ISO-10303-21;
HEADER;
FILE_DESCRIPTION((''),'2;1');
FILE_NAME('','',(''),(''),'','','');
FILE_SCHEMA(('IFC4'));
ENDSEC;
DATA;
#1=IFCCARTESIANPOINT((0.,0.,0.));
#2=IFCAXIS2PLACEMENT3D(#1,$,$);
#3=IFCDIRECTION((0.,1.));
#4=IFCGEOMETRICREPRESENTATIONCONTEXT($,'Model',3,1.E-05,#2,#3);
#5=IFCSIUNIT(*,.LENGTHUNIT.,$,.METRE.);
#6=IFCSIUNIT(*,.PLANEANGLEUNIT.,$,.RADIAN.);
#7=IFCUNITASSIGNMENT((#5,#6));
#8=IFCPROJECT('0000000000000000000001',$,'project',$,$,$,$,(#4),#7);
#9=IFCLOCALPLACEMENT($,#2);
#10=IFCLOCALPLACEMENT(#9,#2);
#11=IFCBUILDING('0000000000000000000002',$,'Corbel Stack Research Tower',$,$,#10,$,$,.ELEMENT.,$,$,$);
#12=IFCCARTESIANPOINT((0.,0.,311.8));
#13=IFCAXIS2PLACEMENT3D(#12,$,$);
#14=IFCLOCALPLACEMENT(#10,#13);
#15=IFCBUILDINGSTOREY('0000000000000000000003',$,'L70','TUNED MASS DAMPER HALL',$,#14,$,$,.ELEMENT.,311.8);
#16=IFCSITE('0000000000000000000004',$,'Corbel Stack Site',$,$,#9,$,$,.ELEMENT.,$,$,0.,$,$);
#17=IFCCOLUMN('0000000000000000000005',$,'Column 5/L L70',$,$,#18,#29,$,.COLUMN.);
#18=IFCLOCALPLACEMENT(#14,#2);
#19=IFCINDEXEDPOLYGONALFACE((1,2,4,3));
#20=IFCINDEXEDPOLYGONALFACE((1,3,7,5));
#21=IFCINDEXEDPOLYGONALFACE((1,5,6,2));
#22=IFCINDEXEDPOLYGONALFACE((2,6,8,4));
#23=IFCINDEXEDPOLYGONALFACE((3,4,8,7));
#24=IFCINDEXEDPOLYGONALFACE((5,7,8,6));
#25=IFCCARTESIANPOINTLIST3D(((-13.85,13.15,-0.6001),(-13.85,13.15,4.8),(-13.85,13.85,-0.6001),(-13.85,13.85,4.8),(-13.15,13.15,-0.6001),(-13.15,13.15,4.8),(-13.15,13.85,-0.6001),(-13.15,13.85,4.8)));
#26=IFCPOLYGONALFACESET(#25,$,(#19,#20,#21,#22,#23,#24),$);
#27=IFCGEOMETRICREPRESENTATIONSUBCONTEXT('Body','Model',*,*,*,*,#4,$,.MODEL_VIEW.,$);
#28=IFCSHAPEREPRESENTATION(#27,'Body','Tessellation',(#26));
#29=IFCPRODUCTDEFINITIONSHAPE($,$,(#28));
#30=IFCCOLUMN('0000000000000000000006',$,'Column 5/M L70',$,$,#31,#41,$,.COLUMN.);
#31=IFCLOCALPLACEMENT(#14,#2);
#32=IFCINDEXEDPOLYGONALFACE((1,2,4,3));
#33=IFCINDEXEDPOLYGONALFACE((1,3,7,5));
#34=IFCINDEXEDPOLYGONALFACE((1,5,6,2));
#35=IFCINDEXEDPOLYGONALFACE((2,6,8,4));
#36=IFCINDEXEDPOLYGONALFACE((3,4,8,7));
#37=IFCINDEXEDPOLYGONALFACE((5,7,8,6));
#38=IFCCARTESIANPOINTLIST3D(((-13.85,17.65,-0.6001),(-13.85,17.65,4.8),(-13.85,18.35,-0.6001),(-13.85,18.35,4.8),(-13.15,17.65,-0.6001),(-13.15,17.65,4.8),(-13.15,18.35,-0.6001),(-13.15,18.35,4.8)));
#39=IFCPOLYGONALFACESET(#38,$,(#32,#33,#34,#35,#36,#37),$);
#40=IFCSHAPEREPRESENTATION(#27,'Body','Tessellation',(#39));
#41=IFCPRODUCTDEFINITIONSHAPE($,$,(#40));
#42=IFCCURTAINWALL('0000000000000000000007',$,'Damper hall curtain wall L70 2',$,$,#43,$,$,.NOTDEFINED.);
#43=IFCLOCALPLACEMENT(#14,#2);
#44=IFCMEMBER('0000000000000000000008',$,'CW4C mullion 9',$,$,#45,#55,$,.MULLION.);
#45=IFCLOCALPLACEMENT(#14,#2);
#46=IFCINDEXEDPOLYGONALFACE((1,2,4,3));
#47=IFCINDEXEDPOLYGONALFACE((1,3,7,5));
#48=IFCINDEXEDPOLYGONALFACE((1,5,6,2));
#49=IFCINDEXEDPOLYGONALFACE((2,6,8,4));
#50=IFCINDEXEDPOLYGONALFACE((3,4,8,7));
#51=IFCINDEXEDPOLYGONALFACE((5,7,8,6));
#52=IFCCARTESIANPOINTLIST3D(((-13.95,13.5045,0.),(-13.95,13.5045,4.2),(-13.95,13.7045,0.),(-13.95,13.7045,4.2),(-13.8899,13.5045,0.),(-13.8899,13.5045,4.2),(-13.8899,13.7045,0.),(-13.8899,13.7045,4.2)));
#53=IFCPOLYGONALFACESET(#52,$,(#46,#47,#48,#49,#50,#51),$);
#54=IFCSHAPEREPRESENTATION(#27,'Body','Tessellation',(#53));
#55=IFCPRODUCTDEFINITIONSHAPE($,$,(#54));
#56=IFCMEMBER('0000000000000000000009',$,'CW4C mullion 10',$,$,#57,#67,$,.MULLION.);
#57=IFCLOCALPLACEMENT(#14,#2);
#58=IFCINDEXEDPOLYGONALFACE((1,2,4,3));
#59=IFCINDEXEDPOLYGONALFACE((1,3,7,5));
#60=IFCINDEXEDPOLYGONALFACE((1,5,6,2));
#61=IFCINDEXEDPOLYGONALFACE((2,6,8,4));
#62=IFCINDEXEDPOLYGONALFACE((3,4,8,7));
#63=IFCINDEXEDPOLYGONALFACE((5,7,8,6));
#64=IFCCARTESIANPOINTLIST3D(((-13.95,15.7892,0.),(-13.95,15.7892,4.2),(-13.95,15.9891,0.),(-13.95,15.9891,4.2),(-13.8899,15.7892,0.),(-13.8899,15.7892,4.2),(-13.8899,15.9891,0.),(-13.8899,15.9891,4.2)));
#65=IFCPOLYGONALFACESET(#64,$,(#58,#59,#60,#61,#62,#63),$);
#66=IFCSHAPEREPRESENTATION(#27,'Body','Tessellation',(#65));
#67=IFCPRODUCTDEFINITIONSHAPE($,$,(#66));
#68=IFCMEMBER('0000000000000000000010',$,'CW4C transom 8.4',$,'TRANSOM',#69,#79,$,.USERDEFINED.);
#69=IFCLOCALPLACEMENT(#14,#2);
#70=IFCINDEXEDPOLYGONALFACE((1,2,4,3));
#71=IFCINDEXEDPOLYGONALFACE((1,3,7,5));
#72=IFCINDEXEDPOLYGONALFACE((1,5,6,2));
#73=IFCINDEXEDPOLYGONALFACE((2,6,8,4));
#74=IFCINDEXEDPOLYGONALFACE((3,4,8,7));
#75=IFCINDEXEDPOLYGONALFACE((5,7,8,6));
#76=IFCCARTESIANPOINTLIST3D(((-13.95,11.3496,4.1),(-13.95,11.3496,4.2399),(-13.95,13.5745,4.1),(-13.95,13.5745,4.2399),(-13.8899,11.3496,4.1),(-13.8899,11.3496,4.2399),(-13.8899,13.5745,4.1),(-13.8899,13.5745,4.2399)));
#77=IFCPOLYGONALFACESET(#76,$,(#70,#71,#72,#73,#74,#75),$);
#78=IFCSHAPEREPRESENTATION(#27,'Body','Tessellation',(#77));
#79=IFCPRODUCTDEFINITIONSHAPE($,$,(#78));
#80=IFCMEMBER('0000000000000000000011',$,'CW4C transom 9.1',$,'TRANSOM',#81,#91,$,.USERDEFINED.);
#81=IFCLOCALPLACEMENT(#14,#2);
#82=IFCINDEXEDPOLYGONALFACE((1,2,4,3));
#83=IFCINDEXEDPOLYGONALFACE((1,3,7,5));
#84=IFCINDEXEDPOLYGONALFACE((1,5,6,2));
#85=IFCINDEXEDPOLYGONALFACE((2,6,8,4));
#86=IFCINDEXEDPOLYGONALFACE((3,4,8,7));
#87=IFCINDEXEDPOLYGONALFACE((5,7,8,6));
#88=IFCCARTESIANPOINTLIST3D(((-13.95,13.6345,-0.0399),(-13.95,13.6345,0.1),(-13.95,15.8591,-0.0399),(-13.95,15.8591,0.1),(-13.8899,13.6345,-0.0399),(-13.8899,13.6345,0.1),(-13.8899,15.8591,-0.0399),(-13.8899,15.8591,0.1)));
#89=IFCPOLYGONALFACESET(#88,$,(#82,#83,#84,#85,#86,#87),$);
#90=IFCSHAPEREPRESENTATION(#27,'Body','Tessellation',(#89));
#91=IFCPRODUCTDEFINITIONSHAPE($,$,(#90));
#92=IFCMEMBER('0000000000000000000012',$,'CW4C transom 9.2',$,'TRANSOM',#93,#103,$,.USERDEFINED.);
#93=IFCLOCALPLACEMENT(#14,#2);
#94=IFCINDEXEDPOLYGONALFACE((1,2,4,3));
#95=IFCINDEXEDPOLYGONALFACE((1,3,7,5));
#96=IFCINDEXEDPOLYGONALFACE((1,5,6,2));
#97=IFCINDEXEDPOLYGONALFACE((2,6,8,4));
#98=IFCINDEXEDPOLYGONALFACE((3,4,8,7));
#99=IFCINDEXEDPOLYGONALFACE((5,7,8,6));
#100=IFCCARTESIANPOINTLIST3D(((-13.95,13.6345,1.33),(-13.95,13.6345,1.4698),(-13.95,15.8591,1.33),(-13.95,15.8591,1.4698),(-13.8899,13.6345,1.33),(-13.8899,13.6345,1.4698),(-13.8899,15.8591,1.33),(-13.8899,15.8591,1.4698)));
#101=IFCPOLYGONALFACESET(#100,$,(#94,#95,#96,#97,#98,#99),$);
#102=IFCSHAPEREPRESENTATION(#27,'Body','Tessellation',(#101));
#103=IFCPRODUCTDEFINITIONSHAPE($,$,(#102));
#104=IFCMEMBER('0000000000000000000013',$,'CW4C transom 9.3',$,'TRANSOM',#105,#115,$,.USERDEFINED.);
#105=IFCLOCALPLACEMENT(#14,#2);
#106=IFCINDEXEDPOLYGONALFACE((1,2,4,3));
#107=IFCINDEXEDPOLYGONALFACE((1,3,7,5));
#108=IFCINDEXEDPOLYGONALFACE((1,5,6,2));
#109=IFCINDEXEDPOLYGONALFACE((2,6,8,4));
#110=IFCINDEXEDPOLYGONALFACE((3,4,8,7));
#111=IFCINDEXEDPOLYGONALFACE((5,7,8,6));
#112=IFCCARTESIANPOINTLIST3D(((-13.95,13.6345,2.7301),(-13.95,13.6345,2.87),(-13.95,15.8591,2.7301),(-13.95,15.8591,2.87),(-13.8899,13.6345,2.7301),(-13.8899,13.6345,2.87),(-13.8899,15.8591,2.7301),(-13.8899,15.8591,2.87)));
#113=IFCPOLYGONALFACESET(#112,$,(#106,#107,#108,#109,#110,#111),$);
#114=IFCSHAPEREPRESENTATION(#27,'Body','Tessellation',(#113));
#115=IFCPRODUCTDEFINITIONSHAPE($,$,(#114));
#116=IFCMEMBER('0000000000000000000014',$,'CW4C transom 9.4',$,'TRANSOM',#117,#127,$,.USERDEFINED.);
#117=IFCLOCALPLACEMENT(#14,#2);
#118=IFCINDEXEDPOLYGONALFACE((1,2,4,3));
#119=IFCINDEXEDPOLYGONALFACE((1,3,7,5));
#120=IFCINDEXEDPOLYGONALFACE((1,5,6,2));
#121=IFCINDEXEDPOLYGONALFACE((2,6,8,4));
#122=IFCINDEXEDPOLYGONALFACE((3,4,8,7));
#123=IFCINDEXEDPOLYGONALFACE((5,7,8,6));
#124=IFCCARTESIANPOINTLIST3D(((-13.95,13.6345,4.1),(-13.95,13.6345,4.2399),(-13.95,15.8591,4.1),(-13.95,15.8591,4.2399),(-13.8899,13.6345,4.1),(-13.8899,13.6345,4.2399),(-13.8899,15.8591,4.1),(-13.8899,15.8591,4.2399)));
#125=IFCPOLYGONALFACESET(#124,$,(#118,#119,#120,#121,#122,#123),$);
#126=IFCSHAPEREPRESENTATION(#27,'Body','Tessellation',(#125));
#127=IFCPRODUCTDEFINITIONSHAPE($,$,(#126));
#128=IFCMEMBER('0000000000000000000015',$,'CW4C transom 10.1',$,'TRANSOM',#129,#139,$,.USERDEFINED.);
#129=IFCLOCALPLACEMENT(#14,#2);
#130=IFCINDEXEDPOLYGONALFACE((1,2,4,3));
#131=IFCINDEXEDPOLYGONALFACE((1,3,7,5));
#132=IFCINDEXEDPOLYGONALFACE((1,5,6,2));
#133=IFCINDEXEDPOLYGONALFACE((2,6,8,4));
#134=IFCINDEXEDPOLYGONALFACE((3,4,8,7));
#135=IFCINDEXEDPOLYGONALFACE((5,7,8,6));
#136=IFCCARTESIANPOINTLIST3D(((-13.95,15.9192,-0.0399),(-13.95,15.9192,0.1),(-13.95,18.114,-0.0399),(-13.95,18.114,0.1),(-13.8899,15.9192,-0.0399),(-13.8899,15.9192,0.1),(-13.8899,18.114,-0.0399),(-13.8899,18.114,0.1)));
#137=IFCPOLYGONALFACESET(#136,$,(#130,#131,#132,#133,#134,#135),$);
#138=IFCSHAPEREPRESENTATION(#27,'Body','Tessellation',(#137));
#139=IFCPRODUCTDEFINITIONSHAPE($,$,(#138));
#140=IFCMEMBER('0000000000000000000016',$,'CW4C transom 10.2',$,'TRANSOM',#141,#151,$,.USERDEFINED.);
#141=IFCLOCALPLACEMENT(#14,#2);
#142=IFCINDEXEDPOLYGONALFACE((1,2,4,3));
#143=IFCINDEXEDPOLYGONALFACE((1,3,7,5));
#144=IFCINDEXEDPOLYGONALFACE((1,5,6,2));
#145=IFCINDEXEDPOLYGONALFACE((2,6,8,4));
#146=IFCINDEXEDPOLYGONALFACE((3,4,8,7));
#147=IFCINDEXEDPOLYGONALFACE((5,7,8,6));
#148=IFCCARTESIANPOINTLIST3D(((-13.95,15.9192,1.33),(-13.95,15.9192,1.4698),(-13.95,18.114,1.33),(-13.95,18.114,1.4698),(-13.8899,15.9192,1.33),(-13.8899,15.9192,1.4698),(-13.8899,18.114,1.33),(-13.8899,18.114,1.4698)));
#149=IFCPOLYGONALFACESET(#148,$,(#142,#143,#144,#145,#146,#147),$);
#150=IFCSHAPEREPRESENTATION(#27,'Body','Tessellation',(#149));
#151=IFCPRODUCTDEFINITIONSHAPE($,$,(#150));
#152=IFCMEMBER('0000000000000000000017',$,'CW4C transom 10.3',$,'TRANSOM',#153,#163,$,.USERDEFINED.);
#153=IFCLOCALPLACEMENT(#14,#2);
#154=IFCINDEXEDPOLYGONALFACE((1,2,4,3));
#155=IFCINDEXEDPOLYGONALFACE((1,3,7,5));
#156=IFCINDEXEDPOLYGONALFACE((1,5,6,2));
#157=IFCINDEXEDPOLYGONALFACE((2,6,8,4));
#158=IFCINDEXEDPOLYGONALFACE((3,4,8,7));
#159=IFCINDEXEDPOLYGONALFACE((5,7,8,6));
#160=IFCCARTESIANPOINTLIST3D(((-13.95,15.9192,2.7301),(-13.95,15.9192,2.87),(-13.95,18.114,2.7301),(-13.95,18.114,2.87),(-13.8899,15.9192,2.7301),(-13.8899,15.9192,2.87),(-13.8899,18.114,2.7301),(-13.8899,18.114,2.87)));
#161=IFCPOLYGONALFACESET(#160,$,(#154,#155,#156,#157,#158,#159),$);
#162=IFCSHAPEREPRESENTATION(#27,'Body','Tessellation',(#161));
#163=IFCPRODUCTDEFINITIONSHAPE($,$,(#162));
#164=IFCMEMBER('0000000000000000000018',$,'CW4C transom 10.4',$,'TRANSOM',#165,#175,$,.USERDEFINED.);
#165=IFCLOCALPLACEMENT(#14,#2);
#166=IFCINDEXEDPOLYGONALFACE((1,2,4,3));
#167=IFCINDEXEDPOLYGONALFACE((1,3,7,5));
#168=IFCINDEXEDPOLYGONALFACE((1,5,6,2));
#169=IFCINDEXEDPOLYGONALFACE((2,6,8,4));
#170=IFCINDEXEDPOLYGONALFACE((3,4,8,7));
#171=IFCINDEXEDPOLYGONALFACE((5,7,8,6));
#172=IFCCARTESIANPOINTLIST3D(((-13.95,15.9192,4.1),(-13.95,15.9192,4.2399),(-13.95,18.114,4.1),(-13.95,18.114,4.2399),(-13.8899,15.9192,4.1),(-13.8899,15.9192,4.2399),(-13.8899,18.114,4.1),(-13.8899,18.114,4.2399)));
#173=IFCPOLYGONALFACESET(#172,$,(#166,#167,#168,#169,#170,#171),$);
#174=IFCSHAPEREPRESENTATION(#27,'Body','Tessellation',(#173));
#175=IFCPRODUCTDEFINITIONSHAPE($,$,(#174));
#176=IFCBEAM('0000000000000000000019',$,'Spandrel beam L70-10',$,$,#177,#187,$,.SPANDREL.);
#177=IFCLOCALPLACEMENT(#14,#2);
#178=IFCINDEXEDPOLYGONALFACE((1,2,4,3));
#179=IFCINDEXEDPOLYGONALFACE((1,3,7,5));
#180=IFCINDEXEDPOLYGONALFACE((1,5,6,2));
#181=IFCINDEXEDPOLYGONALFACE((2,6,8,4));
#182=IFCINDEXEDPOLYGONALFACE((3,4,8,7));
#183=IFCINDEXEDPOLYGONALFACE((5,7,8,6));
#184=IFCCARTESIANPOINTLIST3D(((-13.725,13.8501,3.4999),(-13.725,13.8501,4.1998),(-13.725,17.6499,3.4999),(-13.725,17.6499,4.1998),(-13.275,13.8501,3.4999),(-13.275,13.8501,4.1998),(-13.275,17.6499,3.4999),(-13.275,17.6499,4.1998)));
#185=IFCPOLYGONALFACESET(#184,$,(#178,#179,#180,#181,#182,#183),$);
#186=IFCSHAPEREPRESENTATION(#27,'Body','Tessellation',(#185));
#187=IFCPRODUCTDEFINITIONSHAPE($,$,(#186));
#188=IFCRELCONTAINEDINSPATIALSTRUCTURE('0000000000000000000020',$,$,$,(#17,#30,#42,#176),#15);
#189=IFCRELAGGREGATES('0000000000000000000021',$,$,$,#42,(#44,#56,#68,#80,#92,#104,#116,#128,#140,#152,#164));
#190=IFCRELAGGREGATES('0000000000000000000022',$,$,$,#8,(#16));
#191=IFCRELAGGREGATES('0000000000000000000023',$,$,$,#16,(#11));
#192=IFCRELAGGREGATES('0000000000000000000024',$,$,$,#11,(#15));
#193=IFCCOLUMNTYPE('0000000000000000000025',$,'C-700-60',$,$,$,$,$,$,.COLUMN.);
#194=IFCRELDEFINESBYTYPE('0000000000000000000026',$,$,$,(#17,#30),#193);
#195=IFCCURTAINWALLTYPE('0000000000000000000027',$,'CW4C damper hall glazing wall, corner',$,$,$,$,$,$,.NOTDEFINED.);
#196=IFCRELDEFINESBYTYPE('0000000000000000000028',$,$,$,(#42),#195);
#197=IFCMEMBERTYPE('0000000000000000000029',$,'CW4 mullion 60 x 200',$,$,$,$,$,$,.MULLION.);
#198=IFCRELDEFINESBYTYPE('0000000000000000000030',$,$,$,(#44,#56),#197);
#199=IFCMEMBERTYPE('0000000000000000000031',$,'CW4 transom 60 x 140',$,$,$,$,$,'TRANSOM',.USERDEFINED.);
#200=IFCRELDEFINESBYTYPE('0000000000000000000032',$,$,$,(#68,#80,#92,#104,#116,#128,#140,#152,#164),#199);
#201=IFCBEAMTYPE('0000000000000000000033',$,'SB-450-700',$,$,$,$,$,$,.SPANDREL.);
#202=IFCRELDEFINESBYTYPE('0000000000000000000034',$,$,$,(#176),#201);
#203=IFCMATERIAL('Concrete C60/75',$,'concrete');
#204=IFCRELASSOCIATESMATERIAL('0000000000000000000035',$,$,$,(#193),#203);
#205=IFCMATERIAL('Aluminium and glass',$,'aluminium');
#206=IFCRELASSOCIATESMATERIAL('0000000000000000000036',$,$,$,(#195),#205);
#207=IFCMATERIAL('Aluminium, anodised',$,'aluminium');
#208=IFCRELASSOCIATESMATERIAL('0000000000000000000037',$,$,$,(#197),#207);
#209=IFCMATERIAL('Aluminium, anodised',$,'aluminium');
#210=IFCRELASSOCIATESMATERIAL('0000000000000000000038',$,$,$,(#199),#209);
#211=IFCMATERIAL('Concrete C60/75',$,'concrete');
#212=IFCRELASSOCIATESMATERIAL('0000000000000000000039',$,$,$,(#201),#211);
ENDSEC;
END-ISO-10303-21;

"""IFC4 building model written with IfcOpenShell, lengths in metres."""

from ifc_helpers import new_model, si_unit, direction, frame, origin, origin_2d, place, context, subcontext, project, spatial, rectangle, extrude, material, material_profile, profile_set, type_object, element, aggregate, save


model = new_model("IFC4")

# Units and contexts
model_context = context("Model", 3, precision=1e-05, world=origin(), true_north=direction((0.0, 1.0)))
body_context = subcontext(model_context, "Body", "Model", "MODEL_VIEW")
ifc_project = project(units=[si_unit("LENGTHUNIT", "METRE"), si_unit("PLANEANGLEUNIT", "RADIAN")], contexts=[model_context])

# Site, building, storey
site_placement = place(None, origin())
site = spatial("IfcSite", under=ifc_project, at=site_placement, Name="Corbel Stack Site", CompositionType="ELEMENT", RefElevation=0.0)
building_placement = place(site_placement, origin())
building = spatial("IfcBuilding", under=site, at=building_placement, Name="Corbel Stack Research Tower", CompositionType="ELEMENT")
storey_placement = place(building_placement, frame((0.0, 0.0, 311.8)))
storey = spatial("IfcBuildingStorey", under=building, at=storey_placement, Name="L70", Description="TUNED MASS DAMPER HALL", CompositionType="ELEMENT", Elevation=311.8)

# Columns
ifc_material_1 = material(Name="Concrete C60/75", Category="concrete")
ifc_material_profile_1 = material_profile(ifc_material_1, rectangle(XDim=0.7, YDim=0.7, at=origin_2d()), Name="RC 700 x 700")
ifc_profile_set_1 = profile_set([ifc_material_profile_1], Name="Concrete C60/75")
column_type = type_object("IfcColumnType", Name="C-700-60", PredefinedType="COLUMN", material=ifc_profile_set_1)
for number, where, z_axis, x_axis, name in (
    (1, (-13.5, 13.5, -0.6001), (0.0, 0.0, 1.0), (1.0, 0.0, 0.0), "Column 5/L L70"),
    (2, (-13.5, 18.0, -0.6001), (0.0, 0.0, 1.0), (1.0, 0.0, 0.0), "Column 5/M L70"),
):
    element("IfcColumn", number, at=place(storey_placement, frame(where, z_axis=z_axis, x_axis=x_axis)), inside=storey, type_object=column_type, Name=name, PredefinedType="COLUMN", context=body_context, shape_type="SweptSolid", body=[
        extrude(rectangle(XDim=0.7, YDim=0.7, at=origin_2d()), origin(), (0.0, 0.0, 1.0), 5.4001),
    ])

# Curtain wall, members
ifc_material_2 = material(Name="Aluminium and glass", Category="aluminium")
curtain_wall_type = type_object("IfcCurtainWallType", Name="CW4C damper hall glazing wall, corner", PredefinedType="NOTDEFINED", material=ifc_material_2)
curtain_wall_placement = place(storey_placement, origin())
curtain_wall = element("IfcCurtainWall", 3, at=curtain_wall_placement, inside=storey, type_object=curtain_wall_type, Name="Damper hall curtain wall L70 2", PredefinedType="NOTDEFINED")
ifc_material_3 = material(Name="Aluminium, anodised", Category="aluminium")
ifc_material_profile_2 = material_profile(ifc_material_3, rectangle(XDim=0.0601, YDim=0.2, at=origin_2d()), Name="CW4 mullion 60 x 200")
ifc_profile_set_2 = profile_set([ifc_material_profile_2], Name="Aluminium, anodised")
member_type_1 = type_object("IfcMemberType", Name="CW4 mullion 60 x 200", PredefinedType="MULLION", material=ifc_profile_set_2)
member_1_placement = place(storey_placement, frame((-13.9199, 13.6045, 0.0), z_axis=(0.0, 0.0, 1.0), x_axis=(-1.0, 0.0, 0.0)))
member_1 = element("IfcMember", 4, at=member_1_placement, type_object=member_type_1, Name="CW4C mullion 9", PredefinedType="MULLION", context=body_context, shape_type="SweptSolid", body=[
    extrude(rectangle(XDim=0.0601, YDim=0.2, at=origin_2d()), origin(), (0.0, 0.0, 1.0), 4.2),
])
member_2_placement = place(storey_placement, frame((-13.9199, 15.8892, 0.0), z_axis=(0.0, 0.0, 1.0), x_axis=(-1.0, 0.0, 0.0)))
member_2 = element("IfcMember", 5, at=member_2_placement, type_object=member_type_1, Name="CW4C mullion 10", PredefinedType="MULLION", context=body_context, shape_type="SweptSolid", body=[
    extrude(rectangle(XDim=0.0601, YDim=0.2, at=origin_2d()), origin(), (0.0, 0.0, 1.0), 4.2),
])
ifc_material_4 = material(Name="Aluminium, anodised", Category="aluminium")
ifc_material_profile_3 = material_profile(ifc_material_4, rectangle(XDim=0.0601, YDim=0.1399, at=origin_2d()), Name="CW4 transom 60 x 140")
ifc_profile_set_3 = profile_set([ifc_material_profile_3], Name="Aluminium, anodised")
member_type_2 = type_object("IfcMemberType", Name="CW4 transom 60 x 140", ElementType="TRANSOM", PredefinedType="USERDEFINED", material=ifc_profile_set_3)
member_3_placement = place(storey_placement, frame((-13.9199, 11.3496, 4.1699), z_axis=(0.0, 1.0, 0.0), x_axis=(-1.0, 0.0, 0.0)))
member_3 = element("IfcMember", 6, at=member_3_placement, type_object=member_type_2, Name="CW4C transom 8.4", ObjectType="TRANSOM", PredefinedType="USERDEFINED", context=body_context, shape_type="SweptSolid", body=[
    extrude(rectangle(XDim=0.0601, YDim=0.1399, at=origin_2d()), origin(), (0.0, 0.0, 1.0), 2.2249),
])
member_4_placement = place(storey_placement, frame((-13.9199, 13.6345, 0.03), z_axis=(0.0, 1.0, 0.0), x_axis=(-1.0, 0.0, 0.0)))
member_4 = element("IfcMember", 7, at=member_4_placement, type_object=member_type_2, Name="CW4C transom 9.1", ObjectType="TRANSOM", PredefinedType="USERDEFINED", context=body_context, shape_type="SweptSolid", body=[
    extrude(rectangle(XDim=0.0601, YDim=0.1399, at=origin_2d()), origin(), (0.0, 0.0, 1.0), 2.2246),
])
member_5_placement = place(storey_placement, frame((-13.9199, 13.6345, 1.3999), z_axis=(0.0, 1.0, 0.0), x_axis=(-1.0, 0.0, 0.0)))
member_5 = element("IfcMember", 8, at=member_5_placement, type_object=member_type_2, Name="CW4C transom 9.2", ObjectType="TRANSOM", PredefinedType="USERDEFINED", context=body_context, shape_type="SweptSolid", body=[
    extrude(rectangle(XDim=0.0601, YDim=0.1399, at=origin_2d()), origin(), (0.0, 0.0, 1.0), 2.2246),
])
member_6_placement = place(storey_placement, frame((-13.9199, 13.6345, 2.8), z_axis=(0.0, 1.0, 0.0), x_axis=(-1.0, 0.0, 0.0)))
member_6 = element("IfcMember", 9, at=member_6_placement, type_object=member_type_2, Name="CW4C transom 9.3", ObjectType="TRANSOM", PredefinedType="USERDEFINED", context=body_context, shape_type="SweptSolid", body=[
    extrude(rectangle(XDim=0.0601, YDim=0.1399, at=origin_2d()), origin(), (0.0, 0.0, 1.0), 2.2246),
])
member_7_placement = place(storey_placement, frame((-13.9199, 13.6345, 4.1699), z_axis=(0.0, 1.0, 0.0), x_axis=(-1.0, 0.0, 0.0)))
member_7 = element("IfcMember", 10, at=member_7_placement, type_object=member_type_2, Name="CW4C transom 9.4", ObjectType="TRANSOM", PredefinedType="USERDEFINED", context=body_context, shape_type="SweptSolid", body=[
    extrude(rectangle(XDim=0.0601, YDim=0.1399, at=origin_2d()), origin(), (0.0, 0.0, 1.0), 2.2246),
])
member_8_placement = place(storey_placement, frame((-13.9199, 15.9192, 0.03), z_axis=(0.0, 1.0, 0.0), x_axis=(-1.0, 0.0, 0.0)))
member_8 = element("IfcMember", 11, at=member_8_placement, type_object=member_type_2, Name="CW4C transom 10.1", ObjectType="TRANSOM", PredefinedType="USERDEFINED", context=body_context, shape_type="SweptSolid", body=[
    extrude(rectangle(XDim=0.0601, YDim=0.1399, at=origin_2d()), origin(), (0.0, 0.0, 1.0), 2.1948),
])
member_9_placement = place(storey_placement, frame((-13.9199, 15.9192, 1.3999), z_axis=(0.0, 1.0, 0.0), x_axis=(-1.0, 0.0, 0.0)))
member_9 = element("IfcMember", 12, at=member_9_placement, type_object=member_type_2, Name="CW4C transom 10.2", ObjectType="TRANSOM", PredefinedType="USERDEFINED", context=body_context, shape_type="SweptSolid", body=[
    extrude(rectangle(XDim=0.0601, YDim=0.1399, at=origin_2d()), origin(), (0.0, 0.0, 1.0), 2.1948),
])
member_10_placement = place(storey_placement, frame((-13.9199, 15.9192, 2.8), z_axis=(0.0, 1.0, 0.0), x_axis=(-1.0, 0.0, 0.0)))
member_10 = element("IfcMember", 13, at=member_10_placement, type_object=member_type_2, Name="CW4C transom 10.3", ObjectType="TRANSOM", PredefinedType="USERDEFINED", context=body_context, shape_type="SweptSolid", body=[
    extrude(rectangle(XDim=0.0601, YDim=0.1399, at=origin_2d()), origin(), (0.0, 0.0, 1.0), 2.1948),
])
member_11_placement = place(storey_placement, frame((-13.9199, 15.9192, 4.1699), z_axis=(0.0, 1.0, 0.0), x_axis=(-1.0, 0.0, 0.0)))
member_11 = element("IfcMember", 14, at=member_11_placement, type_object=member_type_2, Name="CW4C transom 10.4", ObjectType="TRANSOM", PredefinedType="USERDEFINED", context=body_context, shape_type="SweptSolid", body=[
    extrude(rectangle(XDim=0.0601, YDim=0.1399, at=origin_2d()), origin(), (0.0, 0.0, 1.0), 2.1948),
])

# Beam
ifc_material_5 = material(Name="Concrete C60/75", Category="concrete")
ifc_material_profile_4 = material_profile(ifc_material_5, rectangle(XDim=0.45, YDim=0.7, at=origin_2d()), Name="RC 450 x 700")
ifc_profile_set_4 = profile_set([ifc_material_profile_4], Name="Concrete C60/75")
beam_type = type_object("IfcBeamType", Name="SB-450-700", PredefinedType="SPANDREL", material=ifc_profile_set_4)
for number, where, z_axis, x_axis, name in (
    (15, (-13.5, 17.6499, 3.8499), (0.0, -1.0, 0.0), (1.0, 0.0, 0.0), "Spandrel beam L70-10"),
):
    element("IfcBeam", number, at=place(storey_placement, frame(where, z_axis=z_axis, x_axis=x_axis)), inside=storey, type_object=beam_type, Name=name, PredefinedType="SPANDREL", context=body_context, shape_type="SweptSolid", body=[
        extrude(rectangle(XDim=0.45, YDim=0.7, at=origin_2d()), origin(), (0.0, 0.0, 1.0), 3.7998),
    ])

aggregate(curtain_wall, [member_1, member_2, member_3, member_4, member_5, member_6, member_7, member_8, member_9, member_10, member_11])

save(model, "model.ifc")
